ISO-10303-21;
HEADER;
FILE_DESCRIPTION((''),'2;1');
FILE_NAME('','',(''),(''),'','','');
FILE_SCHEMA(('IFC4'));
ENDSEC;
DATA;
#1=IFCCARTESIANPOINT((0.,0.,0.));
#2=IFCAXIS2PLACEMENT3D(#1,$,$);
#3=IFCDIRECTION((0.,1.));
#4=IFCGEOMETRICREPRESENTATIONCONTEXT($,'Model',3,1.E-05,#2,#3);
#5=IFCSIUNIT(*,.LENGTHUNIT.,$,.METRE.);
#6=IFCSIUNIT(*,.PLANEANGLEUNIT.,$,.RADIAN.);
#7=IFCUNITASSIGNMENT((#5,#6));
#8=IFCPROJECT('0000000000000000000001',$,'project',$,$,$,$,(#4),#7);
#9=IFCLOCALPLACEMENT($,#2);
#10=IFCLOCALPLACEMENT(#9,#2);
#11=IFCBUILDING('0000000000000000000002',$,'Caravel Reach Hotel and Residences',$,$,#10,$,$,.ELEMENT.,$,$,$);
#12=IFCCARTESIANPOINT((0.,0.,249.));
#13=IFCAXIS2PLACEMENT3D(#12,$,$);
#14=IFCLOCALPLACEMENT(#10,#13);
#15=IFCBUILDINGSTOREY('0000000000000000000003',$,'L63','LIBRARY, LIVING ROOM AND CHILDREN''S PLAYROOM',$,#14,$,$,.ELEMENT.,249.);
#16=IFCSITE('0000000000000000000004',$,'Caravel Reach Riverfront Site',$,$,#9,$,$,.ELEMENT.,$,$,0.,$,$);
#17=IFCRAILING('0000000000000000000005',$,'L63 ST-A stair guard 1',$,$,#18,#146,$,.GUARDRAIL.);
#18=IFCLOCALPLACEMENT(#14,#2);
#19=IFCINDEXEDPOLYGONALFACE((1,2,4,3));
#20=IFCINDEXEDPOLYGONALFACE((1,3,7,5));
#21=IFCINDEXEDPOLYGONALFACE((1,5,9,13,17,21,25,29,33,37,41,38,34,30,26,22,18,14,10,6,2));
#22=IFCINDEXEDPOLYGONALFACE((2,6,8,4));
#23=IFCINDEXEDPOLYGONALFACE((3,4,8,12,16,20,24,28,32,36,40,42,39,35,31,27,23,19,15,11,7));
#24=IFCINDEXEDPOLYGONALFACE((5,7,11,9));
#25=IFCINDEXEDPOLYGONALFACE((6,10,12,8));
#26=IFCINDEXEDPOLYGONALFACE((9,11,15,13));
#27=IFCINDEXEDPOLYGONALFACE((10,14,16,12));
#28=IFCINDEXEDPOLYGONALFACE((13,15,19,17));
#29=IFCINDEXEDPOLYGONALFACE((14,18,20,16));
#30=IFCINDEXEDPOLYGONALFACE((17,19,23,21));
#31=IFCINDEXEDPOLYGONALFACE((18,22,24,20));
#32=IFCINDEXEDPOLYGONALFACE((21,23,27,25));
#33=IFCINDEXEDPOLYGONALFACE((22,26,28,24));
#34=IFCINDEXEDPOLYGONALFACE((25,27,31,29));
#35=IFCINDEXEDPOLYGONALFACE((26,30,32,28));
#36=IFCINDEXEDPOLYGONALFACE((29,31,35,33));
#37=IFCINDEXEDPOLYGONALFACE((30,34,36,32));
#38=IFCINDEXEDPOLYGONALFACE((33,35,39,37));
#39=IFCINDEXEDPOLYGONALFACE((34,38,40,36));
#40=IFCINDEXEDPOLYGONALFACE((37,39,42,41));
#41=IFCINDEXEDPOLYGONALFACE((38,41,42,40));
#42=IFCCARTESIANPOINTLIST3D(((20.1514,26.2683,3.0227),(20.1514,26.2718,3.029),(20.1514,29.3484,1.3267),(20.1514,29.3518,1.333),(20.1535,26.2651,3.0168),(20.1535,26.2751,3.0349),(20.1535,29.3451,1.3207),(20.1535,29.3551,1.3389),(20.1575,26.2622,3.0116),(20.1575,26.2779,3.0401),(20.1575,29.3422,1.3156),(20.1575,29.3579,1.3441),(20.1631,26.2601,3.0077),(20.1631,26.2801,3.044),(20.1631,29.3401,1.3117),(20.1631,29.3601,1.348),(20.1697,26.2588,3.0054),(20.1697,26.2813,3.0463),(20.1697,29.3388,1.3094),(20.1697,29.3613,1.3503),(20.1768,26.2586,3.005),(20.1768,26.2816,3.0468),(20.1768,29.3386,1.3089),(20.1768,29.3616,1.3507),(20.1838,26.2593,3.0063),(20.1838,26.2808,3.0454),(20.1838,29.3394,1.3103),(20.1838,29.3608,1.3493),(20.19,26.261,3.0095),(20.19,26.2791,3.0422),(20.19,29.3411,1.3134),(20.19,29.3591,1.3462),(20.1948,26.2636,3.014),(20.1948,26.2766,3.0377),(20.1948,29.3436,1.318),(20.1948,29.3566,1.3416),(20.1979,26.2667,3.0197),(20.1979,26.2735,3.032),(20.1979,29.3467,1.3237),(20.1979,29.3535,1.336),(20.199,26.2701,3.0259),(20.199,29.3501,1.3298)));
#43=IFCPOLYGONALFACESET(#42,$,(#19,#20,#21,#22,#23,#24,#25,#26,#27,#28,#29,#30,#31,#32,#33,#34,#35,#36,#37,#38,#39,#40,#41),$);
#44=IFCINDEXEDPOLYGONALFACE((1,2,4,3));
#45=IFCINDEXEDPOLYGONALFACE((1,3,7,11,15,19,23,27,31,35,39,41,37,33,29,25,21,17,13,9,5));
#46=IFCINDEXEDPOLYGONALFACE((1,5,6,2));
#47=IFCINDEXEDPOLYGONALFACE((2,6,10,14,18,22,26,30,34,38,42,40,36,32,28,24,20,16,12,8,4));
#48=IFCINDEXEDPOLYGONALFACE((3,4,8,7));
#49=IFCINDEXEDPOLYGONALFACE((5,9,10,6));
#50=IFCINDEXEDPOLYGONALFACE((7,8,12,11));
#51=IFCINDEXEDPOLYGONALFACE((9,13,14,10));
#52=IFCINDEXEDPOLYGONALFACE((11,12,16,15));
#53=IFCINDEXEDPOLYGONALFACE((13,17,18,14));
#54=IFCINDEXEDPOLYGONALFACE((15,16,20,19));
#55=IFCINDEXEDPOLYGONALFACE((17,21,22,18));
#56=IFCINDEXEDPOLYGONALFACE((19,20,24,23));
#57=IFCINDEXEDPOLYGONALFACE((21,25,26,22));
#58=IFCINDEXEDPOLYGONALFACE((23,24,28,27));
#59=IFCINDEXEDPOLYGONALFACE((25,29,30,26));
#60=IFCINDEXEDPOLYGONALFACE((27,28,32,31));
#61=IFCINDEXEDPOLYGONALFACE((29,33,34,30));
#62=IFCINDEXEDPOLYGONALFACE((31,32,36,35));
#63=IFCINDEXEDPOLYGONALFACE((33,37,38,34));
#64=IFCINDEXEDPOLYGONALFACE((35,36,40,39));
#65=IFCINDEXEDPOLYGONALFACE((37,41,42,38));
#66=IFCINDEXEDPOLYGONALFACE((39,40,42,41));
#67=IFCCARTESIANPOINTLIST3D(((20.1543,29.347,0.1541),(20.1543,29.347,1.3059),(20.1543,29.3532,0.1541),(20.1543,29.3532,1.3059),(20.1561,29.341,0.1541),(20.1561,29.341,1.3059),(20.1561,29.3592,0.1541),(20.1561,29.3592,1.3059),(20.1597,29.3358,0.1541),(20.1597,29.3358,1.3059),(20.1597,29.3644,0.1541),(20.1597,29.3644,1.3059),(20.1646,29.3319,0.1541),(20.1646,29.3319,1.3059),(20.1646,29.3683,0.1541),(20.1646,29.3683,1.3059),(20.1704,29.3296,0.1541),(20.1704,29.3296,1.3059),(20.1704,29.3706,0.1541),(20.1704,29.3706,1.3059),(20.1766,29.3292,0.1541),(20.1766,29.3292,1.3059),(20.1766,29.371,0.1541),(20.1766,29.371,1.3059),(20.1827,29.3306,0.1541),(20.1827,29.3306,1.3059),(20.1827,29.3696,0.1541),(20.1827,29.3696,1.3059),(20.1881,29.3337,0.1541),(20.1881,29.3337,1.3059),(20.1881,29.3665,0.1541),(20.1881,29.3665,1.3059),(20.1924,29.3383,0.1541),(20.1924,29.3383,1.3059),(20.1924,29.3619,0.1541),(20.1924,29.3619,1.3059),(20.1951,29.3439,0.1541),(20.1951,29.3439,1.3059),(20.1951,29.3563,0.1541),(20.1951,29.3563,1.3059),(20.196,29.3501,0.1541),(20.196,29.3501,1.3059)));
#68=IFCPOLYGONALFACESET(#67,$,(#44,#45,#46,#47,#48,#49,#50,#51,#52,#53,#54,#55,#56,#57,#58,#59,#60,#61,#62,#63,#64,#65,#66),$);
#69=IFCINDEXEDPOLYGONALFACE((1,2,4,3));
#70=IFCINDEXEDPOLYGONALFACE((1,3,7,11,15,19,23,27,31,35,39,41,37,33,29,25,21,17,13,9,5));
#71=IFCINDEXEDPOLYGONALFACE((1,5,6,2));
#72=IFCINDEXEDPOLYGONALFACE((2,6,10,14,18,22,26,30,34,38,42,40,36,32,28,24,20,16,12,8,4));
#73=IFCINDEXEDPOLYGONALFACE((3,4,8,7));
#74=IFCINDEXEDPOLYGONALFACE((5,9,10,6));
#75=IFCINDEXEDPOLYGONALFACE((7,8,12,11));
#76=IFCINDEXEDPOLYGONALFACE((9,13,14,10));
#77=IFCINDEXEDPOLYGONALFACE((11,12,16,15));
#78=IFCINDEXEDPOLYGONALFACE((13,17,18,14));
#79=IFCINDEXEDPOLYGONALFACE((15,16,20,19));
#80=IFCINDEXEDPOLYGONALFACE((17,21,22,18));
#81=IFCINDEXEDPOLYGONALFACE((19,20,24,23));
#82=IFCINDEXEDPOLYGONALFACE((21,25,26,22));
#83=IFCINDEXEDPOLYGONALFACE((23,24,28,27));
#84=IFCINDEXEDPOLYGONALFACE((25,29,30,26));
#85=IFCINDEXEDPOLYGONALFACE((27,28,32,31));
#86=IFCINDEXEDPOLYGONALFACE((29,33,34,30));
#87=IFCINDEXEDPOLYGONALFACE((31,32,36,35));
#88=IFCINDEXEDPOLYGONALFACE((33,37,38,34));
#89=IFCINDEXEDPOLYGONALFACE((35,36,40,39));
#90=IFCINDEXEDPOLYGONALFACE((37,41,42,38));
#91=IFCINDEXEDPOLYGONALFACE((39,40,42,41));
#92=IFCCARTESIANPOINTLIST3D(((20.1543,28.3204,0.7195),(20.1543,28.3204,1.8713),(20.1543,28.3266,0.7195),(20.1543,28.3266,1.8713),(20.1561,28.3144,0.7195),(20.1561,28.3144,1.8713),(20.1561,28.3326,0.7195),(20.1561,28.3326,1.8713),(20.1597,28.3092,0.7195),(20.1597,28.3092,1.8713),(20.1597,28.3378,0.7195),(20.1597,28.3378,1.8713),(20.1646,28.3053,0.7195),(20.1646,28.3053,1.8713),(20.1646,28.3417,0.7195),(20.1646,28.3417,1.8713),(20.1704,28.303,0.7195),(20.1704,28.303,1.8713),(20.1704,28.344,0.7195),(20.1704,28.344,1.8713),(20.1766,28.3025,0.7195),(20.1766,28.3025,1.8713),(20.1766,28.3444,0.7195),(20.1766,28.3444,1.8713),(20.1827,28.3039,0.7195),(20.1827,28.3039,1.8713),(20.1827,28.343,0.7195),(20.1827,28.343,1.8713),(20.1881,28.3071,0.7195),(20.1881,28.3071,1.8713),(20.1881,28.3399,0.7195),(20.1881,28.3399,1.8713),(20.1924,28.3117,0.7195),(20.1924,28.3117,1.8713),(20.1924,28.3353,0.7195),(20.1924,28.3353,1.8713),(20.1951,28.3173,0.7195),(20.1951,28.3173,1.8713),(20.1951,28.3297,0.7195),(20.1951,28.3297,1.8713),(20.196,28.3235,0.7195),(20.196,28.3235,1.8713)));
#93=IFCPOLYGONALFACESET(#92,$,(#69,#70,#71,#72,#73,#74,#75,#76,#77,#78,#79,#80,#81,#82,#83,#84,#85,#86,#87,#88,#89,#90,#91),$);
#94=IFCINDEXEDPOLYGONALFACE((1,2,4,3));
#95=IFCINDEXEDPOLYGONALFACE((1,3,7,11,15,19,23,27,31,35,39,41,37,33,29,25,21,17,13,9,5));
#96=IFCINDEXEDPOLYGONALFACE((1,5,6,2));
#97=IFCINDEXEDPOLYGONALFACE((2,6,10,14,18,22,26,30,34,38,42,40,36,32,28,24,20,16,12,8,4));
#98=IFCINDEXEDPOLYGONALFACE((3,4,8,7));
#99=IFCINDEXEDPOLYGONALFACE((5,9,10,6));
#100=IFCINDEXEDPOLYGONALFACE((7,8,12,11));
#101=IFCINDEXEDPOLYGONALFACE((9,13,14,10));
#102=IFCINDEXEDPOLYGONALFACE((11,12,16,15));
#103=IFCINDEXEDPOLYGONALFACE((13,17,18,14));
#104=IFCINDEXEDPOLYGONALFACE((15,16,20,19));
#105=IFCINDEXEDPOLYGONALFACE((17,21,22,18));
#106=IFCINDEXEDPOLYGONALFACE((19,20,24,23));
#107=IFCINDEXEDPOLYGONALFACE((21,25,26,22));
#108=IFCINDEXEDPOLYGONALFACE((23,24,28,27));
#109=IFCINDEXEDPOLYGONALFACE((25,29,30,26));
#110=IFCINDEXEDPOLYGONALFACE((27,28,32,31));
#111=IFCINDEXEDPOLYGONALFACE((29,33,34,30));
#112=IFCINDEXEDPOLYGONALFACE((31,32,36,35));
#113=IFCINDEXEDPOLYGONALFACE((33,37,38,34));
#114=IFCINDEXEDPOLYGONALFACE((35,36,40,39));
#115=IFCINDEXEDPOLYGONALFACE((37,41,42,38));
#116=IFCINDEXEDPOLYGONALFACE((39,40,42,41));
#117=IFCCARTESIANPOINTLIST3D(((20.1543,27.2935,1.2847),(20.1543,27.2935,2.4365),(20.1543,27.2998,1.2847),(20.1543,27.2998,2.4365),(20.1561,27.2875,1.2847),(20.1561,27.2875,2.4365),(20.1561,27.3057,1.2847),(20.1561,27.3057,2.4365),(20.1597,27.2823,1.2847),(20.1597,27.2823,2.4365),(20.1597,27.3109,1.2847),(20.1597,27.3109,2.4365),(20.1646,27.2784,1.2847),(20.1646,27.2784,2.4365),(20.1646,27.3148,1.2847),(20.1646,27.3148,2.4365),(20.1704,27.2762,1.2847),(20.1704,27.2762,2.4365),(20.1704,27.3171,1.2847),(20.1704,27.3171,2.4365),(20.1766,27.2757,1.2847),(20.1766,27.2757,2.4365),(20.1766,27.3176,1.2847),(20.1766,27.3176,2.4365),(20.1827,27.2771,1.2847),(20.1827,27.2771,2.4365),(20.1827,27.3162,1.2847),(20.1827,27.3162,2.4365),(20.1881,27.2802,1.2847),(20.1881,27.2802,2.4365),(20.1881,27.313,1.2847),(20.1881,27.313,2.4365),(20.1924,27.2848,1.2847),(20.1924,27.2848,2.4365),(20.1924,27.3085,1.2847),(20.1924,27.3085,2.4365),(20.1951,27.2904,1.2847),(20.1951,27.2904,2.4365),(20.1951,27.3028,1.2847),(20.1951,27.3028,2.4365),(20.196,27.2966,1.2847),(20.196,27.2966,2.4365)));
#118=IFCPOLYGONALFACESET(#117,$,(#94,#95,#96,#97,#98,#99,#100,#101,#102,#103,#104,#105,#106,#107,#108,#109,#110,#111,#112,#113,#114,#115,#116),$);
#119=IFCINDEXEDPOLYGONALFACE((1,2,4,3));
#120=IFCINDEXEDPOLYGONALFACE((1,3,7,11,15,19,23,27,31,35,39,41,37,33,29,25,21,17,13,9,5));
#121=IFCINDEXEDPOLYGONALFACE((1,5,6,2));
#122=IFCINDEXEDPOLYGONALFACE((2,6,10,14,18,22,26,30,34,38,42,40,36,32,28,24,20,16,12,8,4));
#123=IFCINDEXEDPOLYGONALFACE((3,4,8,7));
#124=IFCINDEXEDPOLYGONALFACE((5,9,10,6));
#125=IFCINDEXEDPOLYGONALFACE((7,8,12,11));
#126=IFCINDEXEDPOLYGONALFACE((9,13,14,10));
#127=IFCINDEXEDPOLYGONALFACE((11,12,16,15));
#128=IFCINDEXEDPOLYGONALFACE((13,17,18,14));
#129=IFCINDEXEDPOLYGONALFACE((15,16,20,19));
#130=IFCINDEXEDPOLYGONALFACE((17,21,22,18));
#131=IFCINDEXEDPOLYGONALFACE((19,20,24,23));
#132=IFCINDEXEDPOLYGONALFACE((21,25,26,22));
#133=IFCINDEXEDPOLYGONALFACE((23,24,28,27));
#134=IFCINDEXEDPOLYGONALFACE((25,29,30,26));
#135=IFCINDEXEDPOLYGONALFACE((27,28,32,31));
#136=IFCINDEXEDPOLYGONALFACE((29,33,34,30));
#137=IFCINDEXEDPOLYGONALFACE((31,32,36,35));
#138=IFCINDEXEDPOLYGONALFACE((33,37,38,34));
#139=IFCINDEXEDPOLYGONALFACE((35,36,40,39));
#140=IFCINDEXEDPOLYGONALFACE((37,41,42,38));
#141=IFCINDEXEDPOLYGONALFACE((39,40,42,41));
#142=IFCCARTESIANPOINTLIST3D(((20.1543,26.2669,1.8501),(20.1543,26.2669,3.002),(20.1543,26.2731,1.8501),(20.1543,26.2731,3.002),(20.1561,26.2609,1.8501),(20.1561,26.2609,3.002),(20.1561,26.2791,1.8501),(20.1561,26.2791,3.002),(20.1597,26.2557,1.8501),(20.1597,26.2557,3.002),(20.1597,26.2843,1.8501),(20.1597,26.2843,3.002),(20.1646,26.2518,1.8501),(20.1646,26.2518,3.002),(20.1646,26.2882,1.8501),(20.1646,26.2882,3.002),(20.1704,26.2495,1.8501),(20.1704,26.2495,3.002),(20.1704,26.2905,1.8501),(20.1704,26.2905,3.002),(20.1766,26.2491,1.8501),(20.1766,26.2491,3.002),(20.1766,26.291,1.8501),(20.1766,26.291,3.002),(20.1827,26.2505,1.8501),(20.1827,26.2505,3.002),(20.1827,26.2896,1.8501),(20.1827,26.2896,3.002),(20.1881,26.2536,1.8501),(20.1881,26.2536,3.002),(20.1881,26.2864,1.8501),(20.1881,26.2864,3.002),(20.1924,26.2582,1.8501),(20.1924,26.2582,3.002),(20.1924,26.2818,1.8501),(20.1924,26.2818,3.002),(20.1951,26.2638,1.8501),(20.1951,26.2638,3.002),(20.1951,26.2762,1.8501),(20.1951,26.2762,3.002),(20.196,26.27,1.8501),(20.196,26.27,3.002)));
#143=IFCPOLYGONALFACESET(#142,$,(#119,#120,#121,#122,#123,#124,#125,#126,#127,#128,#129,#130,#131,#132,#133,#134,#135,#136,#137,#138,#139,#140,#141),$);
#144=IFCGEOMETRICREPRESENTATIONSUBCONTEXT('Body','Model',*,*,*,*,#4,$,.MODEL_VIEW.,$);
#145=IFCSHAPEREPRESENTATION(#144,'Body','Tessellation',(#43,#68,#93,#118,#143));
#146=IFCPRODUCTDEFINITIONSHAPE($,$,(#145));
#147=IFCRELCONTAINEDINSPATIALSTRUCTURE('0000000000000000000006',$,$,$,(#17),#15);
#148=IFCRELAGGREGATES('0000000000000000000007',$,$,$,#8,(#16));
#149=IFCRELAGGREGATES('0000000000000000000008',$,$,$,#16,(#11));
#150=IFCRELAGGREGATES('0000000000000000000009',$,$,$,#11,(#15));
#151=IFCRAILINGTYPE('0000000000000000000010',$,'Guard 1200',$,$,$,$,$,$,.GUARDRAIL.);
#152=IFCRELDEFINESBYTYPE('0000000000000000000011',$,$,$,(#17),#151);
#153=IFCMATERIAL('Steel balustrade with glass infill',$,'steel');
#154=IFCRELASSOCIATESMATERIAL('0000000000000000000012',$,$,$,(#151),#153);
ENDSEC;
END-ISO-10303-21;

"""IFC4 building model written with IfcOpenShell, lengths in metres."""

from ifc_helpers import new_model, si_unit, direction, frame, origin, origin_2d, place, context, subcontext, project, spatial, circle, extrude, material, type_object, element, save


model = new_model("IFC4")

# Units and contexts
model_context = context("Model", 3, precision=1e-05, world=origin(), true_north=direction((0.0, 1.0)))
body_context = subcontext(model_context, "Body", "Model", "MODEL_VIEW")
ifc_project = project(units=[si_unit("LENGTHUNIT", "METRE"), si_unit("PLANEANGLEUNIT", "RADIAN")], contexts=[model_context])

# Site, building, storey
site_placement = place(None, origin())
site = spatial("IfcSite", under=ifc_project, at=site_placement, Name="Caravel Reach Riverfront Site", CompositionType="ELEMENT", RefElevation=0.0)
building_placement = place(site_placement, origin())
building = spatial("IfcBuilding", under=site, at=building_placement, Name="Caravel Reach Hotel and Residences", CompositionType="ELEMENT")
storey_placement = place(building_placement, frame((0.0, 0.0, 249.0)))
storey = spatial("IfcBuildingStorey", under=building, at=storey_placement, Name="L63", Description="LIBRARY, LIVING ROOM AND CHILDREN'S PLAYROOM", CompositionType="ELEMENT", Elevation=249.0)

# Railing
ifc_material_1 = material(Name="Steel balustrade with glass infill", Category="steel")
railing_type_1 = type_object("IfcRailingType", Name="Guard 1200", PredefinedType="GUARDRAIL", material=ifc_material_1)
railing_1_placement = place(storey_placement, frame((20.175, 29.3501, 0.1541)))
element("IfcRailing", 1, at=railing_1_placement, inside=storey, type_object=railing_type_1, Name="L63 ST-A stair guard 1", PredefinedType="GUARDRAIL", context=body_context, shape_type="SweptSolid", body=[
    extrude(circle(Radius=0.0239, at=origin_2d()), frame((0.0, 0.0, 1.1758), z_axis=(0.0, -0.875975, 0.482356), x_axis=(1.0, 0.0, 0.0)), (0.0, 0.0, 1.0), 3.5161),
    extrude(circle(Radius=0.021, at=origin_2d()), origin(), (0.0, 0.0, 1.0), 1.1519),
    extrude(circle(Radius=0.021, at=origin_2d()), frame((0.0, -1.0266, 0.5654)), (0.0, 0.0, 1.0), 1.1519),
    extrude(circle(Radius=0.021, at=origin_2d()), frame((0.0, -2.0535, 1.1306)), (0.0, 0.0, 1.0), 1.1519),
    extrude(circle(Radius=0.021, at=origin_2d()), frame((0.0, -3.0801, 1.696)), (0.0, 0.0, 1.0), 1.1519),
])

save(model, "model.ifc")
